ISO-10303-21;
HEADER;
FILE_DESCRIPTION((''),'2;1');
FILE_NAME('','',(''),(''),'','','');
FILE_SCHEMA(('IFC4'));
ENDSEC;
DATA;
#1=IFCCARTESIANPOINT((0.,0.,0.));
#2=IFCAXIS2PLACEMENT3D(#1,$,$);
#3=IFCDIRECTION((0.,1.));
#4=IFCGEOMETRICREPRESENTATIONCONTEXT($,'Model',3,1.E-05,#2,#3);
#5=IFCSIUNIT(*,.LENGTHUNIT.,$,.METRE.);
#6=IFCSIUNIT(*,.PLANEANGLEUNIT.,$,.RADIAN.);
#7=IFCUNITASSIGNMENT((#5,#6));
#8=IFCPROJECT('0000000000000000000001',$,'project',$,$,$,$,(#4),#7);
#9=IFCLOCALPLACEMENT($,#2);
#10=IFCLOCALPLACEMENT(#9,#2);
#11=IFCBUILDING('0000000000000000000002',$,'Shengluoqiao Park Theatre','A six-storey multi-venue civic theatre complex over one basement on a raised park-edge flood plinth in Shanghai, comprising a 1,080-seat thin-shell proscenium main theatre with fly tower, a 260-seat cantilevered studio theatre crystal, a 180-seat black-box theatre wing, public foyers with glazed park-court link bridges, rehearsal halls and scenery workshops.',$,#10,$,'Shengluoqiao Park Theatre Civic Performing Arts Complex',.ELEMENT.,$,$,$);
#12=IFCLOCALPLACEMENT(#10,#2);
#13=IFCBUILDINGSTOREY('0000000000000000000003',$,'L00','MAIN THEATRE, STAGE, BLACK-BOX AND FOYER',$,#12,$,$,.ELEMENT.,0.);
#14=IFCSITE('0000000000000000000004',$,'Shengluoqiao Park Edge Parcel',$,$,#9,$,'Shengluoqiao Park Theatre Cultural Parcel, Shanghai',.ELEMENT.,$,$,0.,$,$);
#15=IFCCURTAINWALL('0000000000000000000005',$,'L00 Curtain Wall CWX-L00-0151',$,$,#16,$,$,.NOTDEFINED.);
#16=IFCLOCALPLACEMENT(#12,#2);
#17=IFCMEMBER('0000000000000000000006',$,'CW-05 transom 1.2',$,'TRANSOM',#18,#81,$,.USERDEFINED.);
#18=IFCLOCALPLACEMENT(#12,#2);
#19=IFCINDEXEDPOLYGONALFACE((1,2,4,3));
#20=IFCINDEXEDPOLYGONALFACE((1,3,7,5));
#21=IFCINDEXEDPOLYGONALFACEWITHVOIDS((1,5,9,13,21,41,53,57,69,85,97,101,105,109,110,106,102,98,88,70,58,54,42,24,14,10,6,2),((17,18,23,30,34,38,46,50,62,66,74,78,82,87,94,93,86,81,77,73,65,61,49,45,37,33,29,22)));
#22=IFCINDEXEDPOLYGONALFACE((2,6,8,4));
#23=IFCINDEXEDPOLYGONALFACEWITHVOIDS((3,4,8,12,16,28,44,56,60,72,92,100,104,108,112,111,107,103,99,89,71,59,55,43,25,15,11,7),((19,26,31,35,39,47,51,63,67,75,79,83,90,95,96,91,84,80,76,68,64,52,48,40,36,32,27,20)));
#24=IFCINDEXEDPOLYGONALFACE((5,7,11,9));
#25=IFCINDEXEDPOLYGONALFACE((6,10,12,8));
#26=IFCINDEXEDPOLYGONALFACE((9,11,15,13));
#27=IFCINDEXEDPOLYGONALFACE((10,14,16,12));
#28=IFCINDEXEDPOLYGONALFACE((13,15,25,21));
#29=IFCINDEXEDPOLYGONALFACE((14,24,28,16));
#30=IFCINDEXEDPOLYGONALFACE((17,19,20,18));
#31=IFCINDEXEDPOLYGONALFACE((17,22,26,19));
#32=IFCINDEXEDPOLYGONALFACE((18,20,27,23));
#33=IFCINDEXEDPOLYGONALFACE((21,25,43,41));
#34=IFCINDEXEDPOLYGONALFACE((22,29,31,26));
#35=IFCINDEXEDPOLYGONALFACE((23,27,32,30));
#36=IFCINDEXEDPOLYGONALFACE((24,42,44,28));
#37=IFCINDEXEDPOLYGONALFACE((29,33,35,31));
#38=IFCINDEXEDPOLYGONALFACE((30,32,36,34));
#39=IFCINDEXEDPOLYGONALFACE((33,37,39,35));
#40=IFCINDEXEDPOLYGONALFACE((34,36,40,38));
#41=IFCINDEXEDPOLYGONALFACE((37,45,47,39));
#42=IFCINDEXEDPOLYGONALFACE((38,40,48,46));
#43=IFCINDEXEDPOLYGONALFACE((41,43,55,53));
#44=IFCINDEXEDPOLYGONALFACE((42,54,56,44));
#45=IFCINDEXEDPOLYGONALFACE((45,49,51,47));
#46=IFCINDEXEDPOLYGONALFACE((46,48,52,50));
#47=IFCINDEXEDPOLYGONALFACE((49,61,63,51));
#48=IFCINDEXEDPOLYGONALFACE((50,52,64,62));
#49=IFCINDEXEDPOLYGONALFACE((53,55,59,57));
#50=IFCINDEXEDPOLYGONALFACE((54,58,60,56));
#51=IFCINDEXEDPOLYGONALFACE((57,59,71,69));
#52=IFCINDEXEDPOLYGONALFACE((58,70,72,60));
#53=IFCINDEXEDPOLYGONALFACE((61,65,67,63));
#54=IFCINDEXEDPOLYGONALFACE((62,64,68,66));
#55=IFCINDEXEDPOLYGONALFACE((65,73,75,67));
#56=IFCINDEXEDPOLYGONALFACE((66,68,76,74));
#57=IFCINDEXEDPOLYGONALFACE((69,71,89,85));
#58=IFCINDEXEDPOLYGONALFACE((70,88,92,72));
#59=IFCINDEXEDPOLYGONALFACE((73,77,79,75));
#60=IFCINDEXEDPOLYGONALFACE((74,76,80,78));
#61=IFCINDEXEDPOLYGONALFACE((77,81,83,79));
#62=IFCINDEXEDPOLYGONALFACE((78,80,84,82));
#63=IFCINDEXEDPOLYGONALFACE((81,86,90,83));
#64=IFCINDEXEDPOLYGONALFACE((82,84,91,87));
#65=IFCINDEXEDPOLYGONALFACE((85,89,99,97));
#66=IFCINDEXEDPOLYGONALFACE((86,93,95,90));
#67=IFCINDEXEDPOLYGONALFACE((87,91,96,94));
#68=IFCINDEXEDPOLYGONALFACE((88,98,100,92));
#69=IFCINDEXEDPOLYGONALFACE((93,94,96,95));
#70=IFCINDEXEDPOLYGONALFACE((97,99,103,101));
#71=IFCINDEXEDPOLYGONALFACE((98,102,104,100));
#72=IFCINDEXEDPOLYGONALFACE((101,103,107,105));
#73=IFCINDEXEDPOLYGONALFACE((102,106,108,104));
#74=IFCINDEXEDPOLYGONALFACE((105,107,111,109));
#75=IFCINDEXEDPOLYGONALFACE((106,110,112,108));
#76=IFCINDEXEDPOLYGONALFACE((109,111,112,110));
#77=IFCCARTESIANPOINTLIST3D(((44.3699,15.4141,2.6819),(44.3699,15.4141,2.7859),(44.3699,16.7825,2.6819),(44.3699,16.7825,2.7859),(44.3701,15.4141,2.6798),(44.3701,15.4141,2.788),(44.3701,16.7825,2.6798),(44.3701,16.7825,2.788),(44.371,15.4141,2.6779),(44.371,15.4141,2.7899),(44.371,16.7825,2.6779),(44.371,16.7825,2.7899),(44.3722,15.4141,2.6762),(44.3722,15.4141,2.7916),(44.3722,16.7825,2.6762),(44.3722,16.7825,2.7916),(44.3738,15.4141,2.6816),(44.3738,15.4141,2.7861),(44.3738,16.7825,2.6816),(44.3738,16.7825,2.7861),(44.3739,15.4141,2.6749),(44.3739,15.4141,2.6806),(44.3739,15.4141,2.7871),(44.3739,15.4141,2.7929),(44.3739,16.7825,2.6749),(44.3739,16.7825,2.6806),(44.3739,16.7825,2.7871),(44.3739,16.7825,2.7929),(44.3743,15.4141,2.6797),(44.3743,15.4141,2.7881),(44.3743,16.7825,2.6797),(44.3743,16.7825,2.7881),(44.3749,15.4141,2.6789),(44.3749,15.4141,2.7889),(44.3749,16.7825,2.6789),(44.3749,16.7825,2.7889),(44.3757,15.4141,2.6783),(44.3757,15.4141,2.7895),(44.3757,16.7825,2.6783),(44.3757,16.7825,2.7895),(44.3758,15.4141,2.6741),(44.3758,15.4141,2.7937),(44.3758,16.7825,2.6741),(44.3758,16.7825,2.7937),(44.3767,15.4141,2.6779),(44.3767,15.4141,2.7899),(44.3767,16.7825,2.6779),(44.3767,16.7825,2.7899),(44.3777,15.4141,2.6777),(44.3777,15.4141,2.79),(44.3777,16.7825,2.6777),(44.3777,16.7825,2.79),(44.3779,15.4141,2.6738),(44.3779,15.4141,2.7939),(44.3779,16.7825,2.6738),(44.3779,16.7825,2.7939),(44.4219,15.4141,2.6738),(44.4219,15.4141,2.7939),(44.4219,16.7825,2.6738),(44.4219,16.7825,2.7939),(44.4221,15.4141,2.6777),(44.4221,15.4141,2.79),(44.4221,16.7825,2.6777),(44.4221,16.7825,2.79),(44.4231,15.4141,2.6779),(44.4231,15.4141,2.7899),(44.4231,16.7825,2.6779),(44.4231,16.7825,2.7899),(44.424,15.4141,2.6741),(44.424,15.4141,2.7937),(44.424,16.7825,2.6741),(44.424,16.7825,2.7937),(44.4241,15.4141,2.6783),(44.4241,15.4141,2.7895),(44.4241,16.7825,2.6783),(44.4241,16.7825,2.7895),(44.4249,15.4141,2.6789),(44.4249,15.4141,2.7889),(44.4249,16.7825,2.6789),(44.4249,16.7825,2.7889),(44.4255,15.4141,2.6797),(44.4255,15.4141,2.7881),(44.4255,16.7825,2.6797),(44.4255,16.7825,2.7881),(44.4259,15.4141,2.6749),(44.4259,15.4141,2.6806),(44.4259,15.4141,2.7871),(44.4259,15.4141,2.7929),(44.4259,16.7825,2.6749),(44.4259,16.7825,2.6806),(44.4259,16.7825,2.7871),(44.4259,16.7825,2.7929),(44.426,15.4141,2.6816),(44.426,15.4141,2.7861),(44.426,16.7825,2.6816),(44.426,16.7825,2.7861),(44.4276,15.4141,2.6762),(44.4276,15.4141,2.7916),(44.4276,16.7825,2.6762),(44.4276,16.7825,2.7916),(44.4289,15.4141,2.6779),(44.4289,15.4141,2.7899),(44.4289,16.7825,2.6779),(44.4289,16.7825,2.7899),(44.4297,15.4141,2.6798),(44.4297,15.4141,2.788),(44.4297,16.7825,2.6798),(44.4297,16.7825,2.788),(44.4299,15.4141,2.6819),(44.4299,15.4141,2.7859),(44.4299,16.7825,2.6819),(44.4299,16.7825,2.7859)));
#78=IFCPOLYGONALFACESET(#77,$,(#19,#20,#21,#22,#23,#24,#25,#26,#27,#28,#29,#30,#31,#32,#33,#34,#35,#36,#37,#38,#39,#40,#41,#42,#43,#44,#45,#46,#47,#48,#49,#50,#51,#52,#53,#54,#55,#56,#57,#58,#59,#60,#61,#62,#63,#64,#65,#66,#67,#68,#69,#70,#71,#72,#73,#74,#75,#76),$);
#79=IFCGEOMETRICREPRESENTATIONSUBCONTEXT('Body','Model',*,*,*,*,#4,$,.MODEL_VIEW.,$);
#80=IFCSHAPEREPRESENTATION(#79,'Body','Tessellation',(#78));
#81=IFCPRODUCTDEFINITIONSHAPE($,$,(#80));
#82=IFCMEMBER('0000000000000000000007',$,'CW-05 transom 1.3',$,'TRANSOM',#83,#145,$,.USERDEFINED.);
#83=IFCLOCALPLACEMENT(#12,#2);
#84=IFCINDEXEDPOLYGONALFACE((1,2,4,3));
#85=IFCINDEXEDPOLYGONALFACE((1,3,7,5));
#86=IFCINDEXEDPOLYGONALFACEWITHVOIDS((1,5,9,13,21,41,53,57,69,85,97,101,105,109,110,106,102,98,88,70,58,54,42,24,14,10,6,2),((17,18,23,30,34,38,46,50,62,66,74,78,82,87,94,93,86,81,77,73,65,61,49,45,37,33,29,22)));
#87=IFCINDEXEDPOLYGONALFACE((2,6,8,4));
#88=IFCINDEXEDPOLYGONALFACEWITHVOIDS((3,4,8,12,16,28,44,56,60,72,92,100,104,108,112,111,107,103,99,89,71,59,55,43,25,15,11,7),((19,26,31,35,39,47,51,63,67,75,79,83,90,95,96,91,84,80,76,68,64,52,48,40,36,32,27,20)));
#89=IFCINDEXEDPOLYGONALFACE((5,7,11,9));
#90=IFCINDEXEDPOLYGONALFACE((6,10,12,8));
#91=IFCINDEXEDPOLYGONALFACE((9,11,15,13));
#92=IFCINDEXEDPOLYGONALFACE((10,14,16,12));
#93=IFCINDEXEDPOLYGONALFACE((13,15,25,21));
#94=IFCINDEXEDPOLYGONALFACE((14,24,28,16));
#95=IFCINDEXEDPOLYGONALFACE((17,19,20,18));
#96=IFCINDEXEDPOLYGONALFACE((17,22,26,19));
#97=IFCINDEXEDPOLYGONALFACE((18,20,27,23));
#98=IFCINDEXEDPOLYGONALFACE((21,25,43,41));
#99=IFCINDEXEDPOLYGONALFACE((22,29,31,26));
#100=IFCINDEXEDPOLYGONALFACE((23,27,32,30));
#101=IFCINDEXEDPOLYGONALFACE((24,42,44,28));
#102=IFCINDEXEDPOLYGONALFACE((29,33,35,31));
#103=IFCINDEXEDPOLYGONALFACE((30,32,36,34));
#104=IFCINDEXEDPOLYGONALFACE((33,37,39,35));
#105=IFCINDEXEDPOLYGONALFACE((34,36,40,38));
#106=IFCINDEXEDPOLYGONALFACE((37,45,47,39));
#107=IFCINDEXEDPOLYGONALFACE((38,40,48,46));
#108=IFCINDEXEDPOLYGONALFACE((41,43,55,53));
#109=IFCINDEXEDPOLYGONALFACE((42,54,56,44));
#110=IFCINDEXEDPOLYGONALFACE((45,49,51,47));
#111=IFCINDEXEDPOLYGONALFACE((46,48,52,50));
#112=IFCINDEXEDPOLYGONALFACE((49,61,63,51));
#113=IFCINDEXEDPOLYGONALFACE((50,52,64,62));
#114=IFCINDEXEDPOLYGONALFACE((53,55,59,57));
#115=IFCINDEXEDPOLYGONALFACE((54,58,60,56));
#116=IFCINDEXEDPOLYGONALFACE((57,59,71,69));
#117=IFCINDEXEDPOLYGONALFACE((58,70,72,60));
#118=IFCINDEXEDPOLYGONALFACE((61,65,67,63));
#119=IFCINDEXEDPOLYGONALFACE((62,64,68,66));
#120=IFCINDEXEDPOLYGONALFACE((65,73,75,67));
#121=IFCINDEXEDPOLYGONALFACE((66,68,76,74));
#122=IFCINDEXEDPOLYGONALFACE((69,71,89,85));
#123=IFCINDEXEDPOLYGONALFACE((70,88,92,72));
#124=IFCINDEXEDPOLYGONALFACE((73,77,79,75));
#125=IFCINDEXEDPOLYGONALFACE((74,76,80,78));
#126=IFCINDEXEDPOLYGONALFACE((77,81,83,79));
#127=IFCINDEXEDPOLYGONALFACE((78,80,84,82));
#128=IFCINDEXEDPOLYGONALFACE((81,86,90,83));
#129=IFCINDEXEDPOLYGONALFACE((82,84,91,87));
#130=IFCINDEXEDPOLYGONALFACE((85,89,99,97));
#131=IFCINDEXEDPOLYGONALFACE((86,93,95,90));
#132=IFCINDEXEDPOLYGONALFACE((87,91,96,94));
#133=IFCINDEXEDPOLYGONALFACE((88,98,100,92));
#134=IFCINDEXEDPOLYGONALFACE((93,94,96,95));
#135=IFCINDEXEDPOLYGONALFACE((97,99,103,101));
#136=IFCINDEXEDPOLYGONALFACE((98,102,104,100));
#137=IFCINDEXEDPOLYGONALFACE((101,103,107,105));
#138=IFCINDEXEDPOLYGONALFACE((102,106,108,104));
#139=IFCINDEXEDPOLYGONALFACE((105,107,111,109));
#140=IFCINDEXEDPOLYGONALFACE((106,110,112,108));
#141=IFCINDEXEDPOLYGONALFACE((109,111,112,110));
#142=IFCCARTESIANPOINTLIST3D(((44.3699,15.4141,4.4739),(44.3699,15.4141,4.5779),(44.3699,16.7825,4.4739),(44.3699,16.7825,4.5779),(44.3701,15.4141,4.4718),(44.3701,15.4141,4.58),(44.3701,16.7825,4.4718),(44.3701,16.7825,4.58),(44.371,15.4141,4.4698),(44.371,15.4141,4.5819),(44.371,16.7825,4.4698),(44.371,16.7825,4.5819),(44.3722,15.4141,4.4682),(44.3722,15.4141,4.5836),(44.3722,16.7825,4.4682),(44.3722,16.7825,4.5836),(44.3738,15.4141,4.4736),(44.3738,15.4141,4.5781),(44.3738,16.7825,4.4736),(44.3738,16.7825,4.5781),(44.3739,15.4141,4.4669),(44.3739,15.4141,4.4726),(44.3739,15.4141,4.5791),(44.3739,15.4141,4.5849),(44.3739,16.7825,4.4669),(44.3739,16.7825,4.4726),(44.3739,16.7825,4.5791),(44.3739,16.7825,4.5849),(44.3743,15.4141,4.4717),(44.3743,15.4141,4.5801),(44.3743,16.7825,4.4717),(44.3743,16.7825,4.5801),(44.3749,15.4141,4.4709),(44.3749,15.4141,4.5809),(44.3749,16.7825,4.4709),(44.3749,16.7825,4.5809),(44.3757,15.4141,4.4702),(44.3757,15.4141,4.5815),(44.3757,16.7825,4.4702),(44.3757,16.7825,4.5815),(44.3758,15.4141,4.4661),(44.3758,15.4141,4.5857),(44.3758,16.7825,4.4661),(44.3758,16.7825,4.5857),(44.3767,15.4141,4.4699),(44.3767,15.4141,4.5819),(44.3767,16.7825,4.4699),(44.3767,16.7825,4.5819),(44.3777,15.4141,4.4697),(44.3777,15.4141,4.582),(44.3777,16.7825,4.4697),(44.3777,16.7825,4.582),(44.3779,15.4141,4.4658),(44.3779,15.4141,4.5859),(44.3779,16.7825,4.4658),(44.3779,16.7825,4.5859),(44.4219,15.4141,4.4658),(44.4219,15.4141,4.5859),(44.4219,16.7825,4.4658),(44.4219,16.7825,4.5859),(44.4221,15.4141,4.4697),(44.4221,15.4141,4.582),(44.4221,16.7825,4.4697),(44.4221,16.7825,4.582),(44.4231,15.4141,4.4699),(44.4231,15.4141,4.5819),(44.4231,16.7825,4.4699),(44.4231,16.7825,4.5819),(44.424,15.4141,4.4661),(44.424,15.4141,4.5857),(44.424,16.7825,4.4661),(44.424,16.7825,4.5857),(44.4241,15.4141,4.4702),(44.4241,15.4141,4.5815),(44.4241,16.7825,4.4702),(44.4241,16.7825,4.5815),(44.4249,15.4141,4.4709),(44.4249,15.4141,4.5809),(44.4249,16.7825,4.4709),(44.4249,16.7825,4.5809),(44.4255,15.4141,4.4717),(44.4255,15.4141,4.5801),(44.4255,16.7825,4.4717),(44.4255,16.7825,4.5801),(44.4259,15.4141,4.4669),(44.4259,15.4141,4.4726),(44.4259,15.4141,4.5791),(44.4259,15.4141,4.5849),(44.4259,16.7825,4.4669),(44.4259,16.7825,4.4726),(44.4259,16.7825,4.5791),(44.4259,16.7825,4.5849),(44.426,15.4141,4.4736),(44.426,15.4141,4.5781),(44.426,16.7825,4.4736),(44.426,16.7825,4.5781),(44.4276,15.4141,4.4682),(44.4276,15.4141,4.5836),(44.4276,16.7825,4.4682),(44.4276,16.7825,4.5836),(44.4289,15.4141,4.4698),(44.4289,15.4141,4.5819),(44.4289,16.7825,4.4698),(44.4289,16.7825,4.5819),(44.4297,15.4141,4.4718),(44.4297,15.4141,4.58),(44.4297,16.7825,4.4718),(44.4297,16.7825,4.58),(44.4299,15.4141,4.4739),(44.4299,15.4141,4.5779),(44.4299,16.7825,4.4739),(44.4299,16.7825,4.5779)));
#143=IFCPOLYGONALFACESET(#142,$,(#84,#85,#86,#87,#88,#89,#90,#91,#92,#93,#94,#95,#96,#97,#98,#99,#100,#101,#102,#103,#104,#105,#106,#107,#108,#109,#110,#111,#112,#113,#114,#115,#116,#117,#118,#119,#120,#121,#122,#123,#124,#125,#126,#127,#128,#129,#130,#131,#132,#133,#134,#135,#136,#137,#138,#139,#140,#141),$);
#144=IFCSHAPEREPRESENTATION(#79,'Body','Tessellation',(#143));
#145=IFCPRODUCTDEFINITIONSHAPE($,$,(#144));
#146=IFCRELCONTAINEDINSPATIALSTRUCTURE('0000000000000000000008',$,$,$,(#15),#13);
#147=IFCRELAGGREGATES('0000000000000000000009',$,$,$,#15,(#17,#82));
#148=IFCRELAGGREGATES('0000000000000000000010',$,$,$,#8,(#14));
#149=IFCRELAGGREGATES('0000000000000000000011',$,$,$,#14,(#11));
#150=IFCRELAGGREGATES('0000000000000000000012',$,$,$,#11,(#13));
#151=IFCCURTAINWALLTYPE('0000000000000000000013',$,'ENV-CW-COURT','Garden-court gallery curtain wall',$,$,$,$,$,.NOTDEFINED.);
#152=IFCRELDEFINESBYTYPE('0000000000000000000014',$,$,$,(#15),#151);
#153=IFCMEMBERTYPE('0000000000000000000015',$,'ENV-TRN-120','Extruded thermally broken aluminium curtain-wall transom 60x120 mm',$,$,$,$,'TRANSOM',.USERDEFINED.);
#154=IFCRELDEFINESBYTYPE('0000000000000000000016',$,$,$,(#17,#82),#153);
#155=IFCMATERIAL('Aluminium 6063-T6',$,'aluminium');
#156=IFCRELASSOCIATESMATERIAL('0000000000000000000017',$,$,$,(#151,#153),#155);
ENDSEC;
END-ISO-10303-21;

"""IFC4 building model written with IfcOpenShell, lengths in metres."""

from ifc_helpers import new_model, si_unit, direction, frame, origin, origin_2d, place, context, subcontext, project, spatial, hollow_rectangle, extrude, material, material_profile, profile_set, type_object, element, aggregate, save


model = new_model("IFC4")

# Units and contexts
model_context = context("Model", 3, precision=1e-05, world=origin(), true_north=direction((0.0, 1.0)))
body_context = subcontext(model_context, "Body", "Model", "MODEL_VIEW")
ifc_project = project(units=[si_unit("LENGTHUNIT", "METRE"), si_unit("PLANEANGLEUNIT", "RADIAN")], contexts=[model_context])

# Site, building, storey
site_placement = place(None, origin())
site = spatial("IfcSite", under=ifc_project, at=site_placement, Name="Shengluoqiao Park Edge Parcel", LongName="Shengluoqiao Park Theatre Cultural Parcel, Shanghai", CompositionType="ELEMENT", RefElevation=0.0)
building_placement = place(site_placement, origin())
building = spatial("IfcBuilding", under=site, at=building_placement, Name="Shengluoqiao Park Theatre", Description="A six-storey multi-venue civic theatre complex over one basement on a raised park-edge flood plinth in Shanghai, comprising a 1,080-seat thin-shell proscenium main theatre with fly tower, a 260-seat cantilevered studio theatre crystal, a 180-seat black-box theatre wing, public foyers with glazed park-court link bridges, rehearsal halls and scenery workshops.", LongName="Shengluoqiao Park Theatre Civic Performing Arts Complex", CompositionType="ELEMENT")
storey_placement = place(building_placement, origin())
storey = spatial("IfcBuildingStorey", under=building, at=storey_placement, Name="L00", Description="MAIN THEATRE, STAGE, BLACK-BOX AND FOYER", CompositionType="ELEMENT", Elevation=0.0)

# Shared definitions
ifc_material_1 = material(Name="Aluminium 6063-T6", Category="aluminium")
curtain_wall_type = type_object("IfcCurtainWallType", Name="ENV-CW-COURT", Description="Garden-court gallery curtain wall", PredefinedType="NOTDEFINED", material=ifc_material_1)

# Curtain wall
curtain_wall_1_placement = place(storey_placement, origin())
curtain_wall_1 = element("IfcCurtainWall", 1, at=curtain_wall_1_placement, inside=storey, type_object=curtain_wall_type, Name="L00 Curtain Wall CWX-L00-0151", PredefinedType="NOTDEFINED")

# Members
ifc_material_profile_1 = material_profile(ifc_material_1, hollow_rectangle(XDim=0.0601, YDim=0.1201, WallThickness=0.0039, InnerFilletRadius=0.0039, OuterFilletRadius=0.0081, at=origin_2d()), Name="ALU TRANSOM 120x60x4")
ifc_profile_set_1 = profile_set([ifc_material_profile_1], Name="Aluminium 6063-T6")
member_type_1 = type_object("IfcMemberType", Name="ENV-TRN-120", Description="Extruded thermally broken aluminium curtain-wall transom 60x120 mm", ElementType="TRANSOM", PredefinedType="USERDEFINED", material=ifc_profile_set_1)
member_1_placement = place(storey_placement, frame((44.3999, 15.4141, 2.7339), z_axis=(0.0, 1.0, 0.0), x_axis=(-1.0, 0.0, 0.0)))
member_1 = element("IfcMember", 2, at=member_1_placement, type_object=member_type_1, Name="CW-05 transom 1.2", ObjectType="TRANSOM", PredefinedType="USERDEFINED", context=body_context, shape_type="SweptSolid", body=[
    extrude(hollow_rectangle(XDim=0.0601, YDim=0.1201, WallThickness=0.0039, InnerFilletRadius=0.0039, OuterFilletRadius=0.0081, at=origin_2d()), origin(), (0.0, 0.0, 1.0), 1.3684),
])
member_2_placement = place(storey_placement, frame((44.3999, 15.4141, 4.5259), z_axis=(0.0, 1.0, 0.0), x_axis=(-1.0, 0.0, 0.0)))
member_2 = element("IfcMember", 3, at=member_2_placement, type_object=member_type_1, Name="CW-05 transom 1.3", ObjectType="TRANSOM", PredefinedType="USERDEFINED", context=body_context, shape_type="SweptSolid", body=[
    extrude(hollow_rectangle(XDim=0.0601, YDim=0.1201, WallThickness=0.0039, InnerFilletRadius=0.0039, OuterFilletRadius=0.0081, at=origin_2d()), origin(), (0.0, 0.0, 1.0), 1.3684),
])

aggregate(curtain_wall_1, [member_1, member_2])

save(model, "model.ifc")
